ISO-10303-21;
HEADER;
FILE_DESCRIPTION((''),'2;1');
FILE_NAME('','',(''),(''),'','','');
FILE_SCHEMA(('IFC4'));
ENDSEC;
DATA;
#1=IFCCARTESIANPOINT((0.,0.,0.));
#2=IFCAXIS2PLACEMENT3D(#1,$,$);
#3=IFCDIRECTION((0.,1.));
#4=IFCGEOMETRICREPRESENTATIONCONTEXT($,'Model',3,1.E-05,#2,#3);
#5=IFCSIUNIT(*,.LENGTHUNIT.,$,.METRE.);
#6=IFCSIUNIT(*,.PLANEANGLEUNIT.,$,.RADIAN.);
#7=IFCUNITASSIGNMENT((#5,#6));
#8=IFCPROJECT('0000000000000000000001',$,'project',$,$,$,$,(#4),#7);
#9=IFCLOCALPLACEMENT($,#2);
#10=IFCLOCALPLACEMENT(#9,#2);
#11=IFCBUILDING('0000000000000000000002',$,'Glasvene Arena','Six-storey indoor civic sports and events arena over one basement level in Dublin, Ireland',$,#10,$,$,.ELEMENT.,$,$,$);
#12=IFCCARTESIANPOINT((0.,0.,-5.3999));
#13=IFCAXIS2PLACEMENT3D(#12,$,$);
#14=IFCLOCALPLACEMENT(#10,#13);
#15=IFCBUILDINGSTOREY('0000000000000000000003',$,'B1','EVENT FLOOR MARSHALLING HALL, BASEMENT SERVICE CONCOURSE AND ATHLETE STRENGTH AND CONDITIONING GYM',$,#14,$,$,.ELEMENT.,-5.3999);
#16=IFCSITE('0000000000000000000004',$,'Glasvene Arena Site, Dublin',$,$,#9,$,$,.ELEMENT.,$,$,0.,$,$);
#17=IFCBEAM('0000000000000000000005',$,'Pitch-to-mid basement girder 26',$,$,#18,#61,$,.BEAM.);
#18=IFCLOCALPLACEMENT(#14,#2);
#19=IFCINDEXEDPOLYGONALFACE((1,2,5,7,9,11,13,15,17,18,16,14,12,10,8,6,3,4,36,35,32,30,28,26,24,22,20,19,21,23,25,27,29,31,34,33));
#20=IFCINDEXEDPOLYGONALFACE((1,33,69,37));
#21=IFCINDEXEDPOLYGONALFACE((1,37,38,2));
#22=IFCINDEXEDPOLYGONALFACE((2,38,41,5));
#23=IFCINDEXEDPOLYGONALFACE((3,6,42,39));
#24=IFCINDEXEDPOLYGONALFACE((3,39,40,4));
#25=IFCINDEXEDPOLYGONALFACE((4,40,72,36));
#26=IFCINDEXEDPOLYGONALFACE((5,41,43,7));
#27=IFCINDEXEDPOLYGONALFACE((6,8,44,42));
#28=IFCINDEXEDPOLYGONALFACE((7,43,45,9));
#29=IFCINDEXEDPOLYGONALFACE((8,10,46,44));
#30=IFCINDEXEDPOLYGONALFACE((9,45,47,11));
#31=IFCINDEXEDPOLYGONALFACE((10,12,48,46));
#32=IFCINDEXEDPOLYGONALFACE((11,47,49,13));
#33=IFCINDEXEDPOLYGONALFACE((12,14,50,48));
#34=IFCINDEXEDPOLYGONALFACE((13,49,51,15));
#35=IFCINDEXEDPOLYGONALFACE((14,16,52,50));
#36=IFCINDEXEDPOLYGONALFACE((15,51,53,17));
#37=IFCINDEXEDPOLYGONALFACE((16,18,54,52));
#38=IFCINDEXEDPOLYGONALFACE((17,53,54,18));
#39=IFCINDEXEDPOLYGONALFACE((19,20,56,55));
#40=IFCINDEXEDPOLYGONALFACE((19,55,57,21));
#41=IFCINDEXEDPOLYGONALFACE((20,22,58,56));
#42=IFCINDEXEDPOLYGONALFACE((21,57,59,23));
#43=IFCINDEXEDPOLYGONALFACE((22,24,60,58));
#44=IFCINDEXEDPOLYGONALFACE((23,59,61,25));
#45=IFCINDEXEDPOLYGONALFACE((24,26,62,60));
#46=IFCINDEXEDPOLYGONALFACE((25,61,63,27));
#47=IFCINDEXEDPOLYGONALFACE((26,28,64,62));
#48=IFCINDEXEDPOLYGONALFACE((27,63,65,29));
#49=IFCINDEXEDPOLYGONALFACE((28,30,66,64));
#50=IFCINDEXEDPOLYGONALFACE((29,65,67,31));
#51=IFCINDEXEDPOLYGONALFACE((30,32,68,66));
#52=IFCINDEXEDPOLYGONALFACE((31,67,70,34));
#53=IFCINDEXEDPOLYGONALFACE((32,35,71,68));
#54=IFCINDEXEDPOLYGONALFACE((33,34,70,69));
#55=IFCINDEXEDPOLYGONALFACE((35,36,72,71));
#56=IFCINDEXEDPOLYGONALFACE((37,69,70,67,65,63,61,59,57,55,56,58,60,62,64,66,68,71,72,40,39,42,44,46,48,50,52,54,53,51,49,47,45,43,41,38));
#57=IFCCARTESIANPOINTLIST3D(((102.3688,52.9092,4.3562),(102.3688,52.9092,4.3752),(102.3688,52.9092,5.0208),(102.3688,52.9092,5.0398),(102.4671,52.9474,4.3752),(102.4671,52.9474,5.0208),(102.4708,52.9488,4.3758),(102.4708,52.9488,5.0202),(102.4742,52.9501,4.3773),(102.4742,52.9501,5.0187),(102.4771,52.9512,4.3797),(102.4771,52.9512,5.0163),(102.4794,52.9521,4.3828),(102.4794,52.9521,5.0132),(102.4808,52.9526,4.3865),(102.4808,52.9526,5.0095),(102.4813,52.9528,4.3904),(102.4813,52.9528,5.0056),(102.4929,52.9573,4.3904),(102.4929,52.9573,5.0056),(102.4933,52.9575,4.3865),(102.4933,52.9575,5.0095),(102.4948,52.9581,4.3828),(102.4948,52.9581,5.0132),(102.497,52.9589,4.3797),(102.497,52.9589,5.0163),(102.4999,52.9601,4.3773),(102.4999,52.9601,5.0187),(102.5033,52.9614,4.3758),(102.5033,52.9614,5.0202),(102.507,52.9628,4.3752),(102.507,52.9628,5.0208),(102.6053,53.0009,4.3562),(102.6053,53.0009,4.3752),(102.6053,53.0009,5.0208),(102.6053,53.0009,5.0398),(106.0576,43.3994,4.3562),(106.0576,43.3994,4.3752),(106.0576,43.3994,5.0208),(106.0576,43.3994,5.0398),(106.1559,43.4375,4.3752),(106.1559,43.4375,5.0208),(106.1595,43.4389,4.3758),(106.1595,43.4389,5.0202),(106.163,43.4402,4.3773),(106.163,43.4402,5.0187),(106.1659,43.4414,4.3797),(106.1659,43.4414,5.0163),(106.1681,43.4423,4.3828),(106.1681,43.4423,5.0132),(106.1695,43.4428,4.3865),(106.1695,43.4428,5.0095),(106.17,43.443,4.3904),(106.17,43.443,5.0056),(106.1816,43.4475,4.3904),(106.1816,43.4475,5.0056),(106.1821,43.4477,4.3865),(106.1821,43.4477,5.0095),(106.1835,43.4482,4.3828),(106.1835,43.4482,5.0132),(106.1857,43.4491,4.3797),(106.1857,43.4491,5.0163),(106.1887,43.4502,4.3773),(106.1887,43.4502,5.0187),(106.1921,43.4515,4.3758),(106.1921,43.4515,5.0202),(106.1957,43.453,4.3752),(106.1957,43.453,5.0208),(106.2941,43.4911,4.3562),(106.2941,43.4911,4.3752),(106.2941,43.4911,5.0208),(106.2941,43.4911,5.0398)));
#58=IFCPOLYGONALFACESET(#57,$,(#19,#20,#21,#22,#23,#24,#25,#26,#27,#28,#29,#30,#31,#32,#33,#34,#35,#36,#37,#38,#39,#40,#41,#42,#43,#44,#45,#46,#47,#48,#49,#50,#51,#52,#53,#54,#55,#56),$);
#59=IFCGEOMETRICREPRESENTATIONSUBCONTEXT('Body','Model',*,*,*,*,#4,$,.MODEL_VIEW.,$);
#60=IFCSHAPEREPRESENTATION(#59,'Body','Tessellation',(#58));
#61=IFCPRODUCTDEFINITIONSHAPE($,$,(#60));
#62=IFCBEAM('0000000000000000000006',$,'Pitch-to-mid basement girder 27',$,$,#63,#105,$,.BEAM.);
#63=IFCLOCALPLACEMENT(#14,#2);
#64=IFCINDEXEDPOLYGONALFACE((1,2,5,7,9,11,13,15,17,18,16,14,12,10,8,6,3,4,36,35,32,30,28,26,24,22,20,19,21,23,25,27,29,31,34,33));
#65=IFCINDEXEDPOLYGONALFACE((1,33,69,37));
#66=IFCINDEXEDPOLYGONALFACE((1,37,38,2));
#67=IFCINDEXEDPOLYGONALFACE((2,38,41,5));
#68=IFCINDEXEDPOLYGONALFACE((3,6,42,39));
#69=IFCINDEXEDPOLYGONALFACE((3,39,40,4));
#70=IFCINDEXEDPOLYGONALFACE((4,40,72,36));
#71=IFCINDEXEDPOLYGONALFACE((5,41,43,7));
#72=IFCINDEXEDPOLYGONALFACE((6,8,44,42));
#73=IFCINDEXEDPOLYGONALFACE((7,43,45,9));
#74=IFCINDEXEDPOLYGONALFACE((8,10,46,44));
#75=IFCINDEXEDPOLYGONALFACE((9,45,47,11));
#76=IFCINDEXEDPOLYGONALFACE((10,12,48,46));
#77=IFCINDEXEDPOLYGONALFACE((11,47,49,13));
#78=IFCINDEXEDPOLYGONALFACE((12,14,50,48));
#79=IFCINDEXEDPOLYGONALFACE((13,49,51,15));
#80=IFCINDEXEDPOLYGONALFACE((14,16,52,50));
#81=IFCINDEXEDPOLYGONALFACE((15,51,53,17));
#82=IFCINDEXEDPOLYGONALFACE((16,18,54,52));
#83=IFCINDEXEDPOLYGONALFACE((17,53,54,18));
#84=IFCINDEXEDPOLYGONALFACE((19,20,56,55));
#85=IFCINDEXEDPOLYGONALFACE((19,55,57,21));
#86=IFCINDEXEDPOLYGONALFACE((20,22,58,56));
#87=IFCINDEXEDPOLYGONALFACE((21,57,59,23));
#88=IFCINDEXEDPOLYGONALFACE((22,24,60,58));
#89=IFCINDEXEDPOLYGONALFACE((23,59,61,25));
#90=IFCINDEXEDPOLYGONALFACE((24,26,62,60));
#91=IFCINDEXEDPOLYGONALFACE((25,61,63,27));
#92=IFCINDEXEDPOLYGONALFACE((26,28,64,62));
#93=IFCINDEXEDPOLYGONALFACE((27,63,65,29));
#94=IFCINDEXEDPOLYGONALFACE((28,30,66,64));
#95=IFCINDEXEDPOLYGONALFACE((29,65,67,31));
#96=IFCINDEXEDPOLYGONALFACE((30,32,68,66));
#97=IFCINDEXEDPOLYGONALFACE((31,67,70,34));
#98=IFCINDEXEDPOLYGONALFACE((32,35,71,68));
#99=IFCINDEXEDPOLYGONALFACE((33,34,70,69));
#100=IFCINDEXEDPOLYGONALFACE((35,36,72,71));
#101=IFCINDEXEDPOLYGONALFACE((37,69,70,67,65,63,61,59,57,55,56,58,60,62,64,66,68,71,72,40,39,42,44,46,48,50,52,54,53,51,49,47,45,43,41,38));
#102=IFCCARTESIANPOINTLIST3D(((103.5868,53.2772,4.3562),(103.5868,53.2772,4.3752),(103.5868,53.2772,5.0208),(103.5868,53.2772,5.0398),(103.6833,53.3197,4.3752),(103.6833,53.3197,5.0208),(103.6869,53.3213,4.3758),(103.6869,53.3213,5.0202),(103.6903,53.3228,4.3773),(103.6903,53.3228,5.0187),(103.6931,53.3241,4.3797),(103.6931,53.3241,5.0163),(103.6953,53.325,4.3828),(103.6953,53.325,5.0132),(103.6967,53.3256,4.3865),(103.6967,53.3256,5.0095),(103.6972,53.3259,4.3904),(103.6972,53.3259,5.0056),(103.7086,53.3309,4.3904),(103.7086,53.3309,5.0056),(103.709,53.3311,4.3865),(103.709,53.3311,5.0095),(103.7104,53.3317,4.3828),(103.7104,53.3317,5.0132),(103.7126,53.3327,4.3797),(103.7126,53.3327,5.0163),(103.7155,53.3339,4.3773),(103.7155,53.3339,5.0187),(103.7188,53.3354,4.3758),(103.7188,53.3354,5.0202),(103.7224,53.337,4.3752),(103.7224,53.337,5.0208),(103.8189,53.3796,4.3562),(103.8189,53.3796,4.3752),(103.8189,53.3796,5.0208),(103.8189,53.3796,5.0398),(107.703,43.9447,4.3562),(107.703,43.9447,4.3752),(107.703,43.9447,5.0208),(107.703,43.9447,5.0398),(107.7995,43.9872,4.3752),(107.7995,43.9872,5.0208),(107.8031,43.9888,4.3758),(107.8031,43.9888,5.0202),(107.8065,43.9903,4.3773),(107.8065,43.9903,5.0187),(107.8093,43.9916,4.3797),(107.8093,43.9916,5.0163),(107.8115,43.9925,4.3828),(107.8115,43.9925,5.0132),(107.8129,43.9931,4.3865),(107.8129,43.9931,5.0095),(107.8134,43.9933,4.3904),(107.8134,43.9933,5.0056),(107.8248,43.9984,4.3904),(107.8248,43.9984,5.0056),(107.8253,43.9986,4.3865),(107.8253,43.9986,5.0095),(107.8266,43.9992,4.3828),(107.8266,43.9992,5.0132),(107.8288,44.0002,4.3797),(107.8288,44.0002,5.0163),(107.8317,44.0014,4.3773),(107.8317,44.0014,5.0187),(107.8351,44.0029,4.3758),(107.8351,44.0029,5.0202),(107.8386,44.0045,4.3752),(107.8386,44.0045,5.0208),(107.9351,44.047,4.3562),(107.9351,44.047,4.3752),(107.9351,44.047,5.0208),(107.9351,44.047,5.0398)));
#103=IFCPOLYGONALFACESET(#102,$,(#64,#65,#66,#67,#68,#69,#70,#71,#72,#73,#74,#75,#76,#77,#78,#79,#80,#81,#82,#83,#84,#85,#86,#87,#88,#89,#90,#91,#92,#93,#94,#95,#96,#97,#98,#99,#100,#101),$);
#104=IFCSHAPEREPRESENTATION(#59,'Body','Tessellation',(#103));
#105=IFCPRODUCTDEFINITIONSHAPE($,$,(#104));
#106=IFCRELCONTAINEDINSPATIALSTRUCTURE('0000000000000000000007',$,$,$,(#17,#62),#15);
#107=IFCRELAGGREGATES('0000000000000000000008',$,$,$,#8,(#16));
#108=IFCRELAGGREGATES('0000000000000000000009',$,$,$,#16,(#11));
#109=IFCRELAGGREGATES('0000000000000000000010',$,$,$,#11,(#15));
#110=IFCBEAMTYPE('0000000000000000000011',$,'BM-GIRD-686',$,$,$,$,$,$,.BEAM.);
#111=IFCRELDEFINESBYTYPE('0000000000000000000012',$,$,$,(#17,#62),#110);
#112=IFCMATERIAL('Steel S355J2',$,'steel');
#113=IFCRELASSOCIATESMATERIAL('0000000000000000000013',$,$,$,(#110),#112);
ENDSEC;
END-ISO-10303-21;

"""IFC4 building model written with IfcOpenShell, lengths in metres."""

from ifc_helpers import new_model, si_unit, direction, frame, origin, origin_2d, place, context, subcontext, project, spatial, i_section, extrude, material, material_profile, profile_set, type_object, element, save


model = new_model("IFC4")

# Units and contexts
model_context = context("Model", 3, precision=1e-05, world=origin(), true_north=direction((0.0, 1.0)))
body_context = subcontext(model_context, "Body", "Model", "MODEL_VIEW")
ifc_project = project(units=[si_unit("LENGTHUNIT", "METRE"), si_unit("PLANEANGLEUNIT", "RADIAN")], contexts=[model_context])

# Site, building, storey
site_placement = place(None, origin())
site = spatial("IfcSite", under=ifc_project, at=site_placement, Name="Glasvene Arena Site, Dublin", CompositionType="ELEMENT", RefElevation=0.0)
building_placement = place(site_placement, origin())
building = spatial("IfcBuilding", under=site, at=building_placement, Name="Glasvene Arena", Description="Six-storey indoor civic sports and events arena over one basement level in Dublin, Ireland", CompositionType="ELEMENT")
storey_placement = place(building_placement, frame((0.0, 0.0, -5.3999)))
storey = spatial("IfcBuildingStorey", under=building, at=storey_placement, Name="B1", Description="EVENT FLOOR MARSHALLING HALL, BASEMENT SERVICE CONCOURSE AND ATHLETE STRENGTH AND CONDITIONING GYM", CompositionType="ELEMENT", Elevation=-5.3999)

# Beams
ifc_material_1 = material(Name="Steel S355J2", Category="steel")
ifc_material_profile_1 = material_profile(ifc_material_1, i_section(OverallWidth=0.2537, OverallDepth=0.6836, WebThickness=0.0125, FlangeThickness=0.019, FilletRadius=0.0151, at=origin_2d()), Name="UKB 686x254x140")
ifc_profile_set_1 = profile_set([ifc_material_profile_1], Name="Steel S355J2")
beam_type_1 = type_object("IfcBeamType", Name="BM-GIRD-686", PredefinedType="BEAM", material=ifc_profile_set_1)
beam_1_placement = place(storey_placement, frame((102.4871, 52.9551, 4.698), z_axis=(0.361635, -0.93232, 0.0), x_axis=(0.93232, 0.361635, 0.0)))
element("IfcBeam", 1, at=beam_1_placement, inside=storey, type_object=beam_type_1, Name="Pitch-to-mid basement girder 26", PredefinedType="BEAM", context=body_context, shape_type="SweptSolid", body=[
    extrude(i_section(OverallWidth=0.2537, OverallDepth=0.6836, WebThickness=0.0125, FlangeThickness=0.019, FilletRadius=0.0151, at=origin_2d()), origin(), (0.0, 0.0, 1.0), 10.2002),
])
beam_2_placement = place(storey_placement, frame((103.7029, 53.3284, 4.698), z_axis=(0.403552, -0.914957, 0.0), x_axis=(0.914957, 0.403552, 0.0)))
element("IfcBeam", 2, at=beam_2_placement, inside=storey, type_object=beam_type_1, Name="Pitch-to-mid basement girder 27", PredefinedType="BEAM", context=body_context, shape_type="SweptSolid", body=[
    extrude(i_section(OverallWidth=0.2537, OverallDepth=0.6836, WebThickness=0.0125, FlangeThickness=0.019, FilletRadius=0.0151, at=origin_2d()), origin(), (0.0, 0.0, 1.0), 10.2),
])

save(model, "model.ifc")
